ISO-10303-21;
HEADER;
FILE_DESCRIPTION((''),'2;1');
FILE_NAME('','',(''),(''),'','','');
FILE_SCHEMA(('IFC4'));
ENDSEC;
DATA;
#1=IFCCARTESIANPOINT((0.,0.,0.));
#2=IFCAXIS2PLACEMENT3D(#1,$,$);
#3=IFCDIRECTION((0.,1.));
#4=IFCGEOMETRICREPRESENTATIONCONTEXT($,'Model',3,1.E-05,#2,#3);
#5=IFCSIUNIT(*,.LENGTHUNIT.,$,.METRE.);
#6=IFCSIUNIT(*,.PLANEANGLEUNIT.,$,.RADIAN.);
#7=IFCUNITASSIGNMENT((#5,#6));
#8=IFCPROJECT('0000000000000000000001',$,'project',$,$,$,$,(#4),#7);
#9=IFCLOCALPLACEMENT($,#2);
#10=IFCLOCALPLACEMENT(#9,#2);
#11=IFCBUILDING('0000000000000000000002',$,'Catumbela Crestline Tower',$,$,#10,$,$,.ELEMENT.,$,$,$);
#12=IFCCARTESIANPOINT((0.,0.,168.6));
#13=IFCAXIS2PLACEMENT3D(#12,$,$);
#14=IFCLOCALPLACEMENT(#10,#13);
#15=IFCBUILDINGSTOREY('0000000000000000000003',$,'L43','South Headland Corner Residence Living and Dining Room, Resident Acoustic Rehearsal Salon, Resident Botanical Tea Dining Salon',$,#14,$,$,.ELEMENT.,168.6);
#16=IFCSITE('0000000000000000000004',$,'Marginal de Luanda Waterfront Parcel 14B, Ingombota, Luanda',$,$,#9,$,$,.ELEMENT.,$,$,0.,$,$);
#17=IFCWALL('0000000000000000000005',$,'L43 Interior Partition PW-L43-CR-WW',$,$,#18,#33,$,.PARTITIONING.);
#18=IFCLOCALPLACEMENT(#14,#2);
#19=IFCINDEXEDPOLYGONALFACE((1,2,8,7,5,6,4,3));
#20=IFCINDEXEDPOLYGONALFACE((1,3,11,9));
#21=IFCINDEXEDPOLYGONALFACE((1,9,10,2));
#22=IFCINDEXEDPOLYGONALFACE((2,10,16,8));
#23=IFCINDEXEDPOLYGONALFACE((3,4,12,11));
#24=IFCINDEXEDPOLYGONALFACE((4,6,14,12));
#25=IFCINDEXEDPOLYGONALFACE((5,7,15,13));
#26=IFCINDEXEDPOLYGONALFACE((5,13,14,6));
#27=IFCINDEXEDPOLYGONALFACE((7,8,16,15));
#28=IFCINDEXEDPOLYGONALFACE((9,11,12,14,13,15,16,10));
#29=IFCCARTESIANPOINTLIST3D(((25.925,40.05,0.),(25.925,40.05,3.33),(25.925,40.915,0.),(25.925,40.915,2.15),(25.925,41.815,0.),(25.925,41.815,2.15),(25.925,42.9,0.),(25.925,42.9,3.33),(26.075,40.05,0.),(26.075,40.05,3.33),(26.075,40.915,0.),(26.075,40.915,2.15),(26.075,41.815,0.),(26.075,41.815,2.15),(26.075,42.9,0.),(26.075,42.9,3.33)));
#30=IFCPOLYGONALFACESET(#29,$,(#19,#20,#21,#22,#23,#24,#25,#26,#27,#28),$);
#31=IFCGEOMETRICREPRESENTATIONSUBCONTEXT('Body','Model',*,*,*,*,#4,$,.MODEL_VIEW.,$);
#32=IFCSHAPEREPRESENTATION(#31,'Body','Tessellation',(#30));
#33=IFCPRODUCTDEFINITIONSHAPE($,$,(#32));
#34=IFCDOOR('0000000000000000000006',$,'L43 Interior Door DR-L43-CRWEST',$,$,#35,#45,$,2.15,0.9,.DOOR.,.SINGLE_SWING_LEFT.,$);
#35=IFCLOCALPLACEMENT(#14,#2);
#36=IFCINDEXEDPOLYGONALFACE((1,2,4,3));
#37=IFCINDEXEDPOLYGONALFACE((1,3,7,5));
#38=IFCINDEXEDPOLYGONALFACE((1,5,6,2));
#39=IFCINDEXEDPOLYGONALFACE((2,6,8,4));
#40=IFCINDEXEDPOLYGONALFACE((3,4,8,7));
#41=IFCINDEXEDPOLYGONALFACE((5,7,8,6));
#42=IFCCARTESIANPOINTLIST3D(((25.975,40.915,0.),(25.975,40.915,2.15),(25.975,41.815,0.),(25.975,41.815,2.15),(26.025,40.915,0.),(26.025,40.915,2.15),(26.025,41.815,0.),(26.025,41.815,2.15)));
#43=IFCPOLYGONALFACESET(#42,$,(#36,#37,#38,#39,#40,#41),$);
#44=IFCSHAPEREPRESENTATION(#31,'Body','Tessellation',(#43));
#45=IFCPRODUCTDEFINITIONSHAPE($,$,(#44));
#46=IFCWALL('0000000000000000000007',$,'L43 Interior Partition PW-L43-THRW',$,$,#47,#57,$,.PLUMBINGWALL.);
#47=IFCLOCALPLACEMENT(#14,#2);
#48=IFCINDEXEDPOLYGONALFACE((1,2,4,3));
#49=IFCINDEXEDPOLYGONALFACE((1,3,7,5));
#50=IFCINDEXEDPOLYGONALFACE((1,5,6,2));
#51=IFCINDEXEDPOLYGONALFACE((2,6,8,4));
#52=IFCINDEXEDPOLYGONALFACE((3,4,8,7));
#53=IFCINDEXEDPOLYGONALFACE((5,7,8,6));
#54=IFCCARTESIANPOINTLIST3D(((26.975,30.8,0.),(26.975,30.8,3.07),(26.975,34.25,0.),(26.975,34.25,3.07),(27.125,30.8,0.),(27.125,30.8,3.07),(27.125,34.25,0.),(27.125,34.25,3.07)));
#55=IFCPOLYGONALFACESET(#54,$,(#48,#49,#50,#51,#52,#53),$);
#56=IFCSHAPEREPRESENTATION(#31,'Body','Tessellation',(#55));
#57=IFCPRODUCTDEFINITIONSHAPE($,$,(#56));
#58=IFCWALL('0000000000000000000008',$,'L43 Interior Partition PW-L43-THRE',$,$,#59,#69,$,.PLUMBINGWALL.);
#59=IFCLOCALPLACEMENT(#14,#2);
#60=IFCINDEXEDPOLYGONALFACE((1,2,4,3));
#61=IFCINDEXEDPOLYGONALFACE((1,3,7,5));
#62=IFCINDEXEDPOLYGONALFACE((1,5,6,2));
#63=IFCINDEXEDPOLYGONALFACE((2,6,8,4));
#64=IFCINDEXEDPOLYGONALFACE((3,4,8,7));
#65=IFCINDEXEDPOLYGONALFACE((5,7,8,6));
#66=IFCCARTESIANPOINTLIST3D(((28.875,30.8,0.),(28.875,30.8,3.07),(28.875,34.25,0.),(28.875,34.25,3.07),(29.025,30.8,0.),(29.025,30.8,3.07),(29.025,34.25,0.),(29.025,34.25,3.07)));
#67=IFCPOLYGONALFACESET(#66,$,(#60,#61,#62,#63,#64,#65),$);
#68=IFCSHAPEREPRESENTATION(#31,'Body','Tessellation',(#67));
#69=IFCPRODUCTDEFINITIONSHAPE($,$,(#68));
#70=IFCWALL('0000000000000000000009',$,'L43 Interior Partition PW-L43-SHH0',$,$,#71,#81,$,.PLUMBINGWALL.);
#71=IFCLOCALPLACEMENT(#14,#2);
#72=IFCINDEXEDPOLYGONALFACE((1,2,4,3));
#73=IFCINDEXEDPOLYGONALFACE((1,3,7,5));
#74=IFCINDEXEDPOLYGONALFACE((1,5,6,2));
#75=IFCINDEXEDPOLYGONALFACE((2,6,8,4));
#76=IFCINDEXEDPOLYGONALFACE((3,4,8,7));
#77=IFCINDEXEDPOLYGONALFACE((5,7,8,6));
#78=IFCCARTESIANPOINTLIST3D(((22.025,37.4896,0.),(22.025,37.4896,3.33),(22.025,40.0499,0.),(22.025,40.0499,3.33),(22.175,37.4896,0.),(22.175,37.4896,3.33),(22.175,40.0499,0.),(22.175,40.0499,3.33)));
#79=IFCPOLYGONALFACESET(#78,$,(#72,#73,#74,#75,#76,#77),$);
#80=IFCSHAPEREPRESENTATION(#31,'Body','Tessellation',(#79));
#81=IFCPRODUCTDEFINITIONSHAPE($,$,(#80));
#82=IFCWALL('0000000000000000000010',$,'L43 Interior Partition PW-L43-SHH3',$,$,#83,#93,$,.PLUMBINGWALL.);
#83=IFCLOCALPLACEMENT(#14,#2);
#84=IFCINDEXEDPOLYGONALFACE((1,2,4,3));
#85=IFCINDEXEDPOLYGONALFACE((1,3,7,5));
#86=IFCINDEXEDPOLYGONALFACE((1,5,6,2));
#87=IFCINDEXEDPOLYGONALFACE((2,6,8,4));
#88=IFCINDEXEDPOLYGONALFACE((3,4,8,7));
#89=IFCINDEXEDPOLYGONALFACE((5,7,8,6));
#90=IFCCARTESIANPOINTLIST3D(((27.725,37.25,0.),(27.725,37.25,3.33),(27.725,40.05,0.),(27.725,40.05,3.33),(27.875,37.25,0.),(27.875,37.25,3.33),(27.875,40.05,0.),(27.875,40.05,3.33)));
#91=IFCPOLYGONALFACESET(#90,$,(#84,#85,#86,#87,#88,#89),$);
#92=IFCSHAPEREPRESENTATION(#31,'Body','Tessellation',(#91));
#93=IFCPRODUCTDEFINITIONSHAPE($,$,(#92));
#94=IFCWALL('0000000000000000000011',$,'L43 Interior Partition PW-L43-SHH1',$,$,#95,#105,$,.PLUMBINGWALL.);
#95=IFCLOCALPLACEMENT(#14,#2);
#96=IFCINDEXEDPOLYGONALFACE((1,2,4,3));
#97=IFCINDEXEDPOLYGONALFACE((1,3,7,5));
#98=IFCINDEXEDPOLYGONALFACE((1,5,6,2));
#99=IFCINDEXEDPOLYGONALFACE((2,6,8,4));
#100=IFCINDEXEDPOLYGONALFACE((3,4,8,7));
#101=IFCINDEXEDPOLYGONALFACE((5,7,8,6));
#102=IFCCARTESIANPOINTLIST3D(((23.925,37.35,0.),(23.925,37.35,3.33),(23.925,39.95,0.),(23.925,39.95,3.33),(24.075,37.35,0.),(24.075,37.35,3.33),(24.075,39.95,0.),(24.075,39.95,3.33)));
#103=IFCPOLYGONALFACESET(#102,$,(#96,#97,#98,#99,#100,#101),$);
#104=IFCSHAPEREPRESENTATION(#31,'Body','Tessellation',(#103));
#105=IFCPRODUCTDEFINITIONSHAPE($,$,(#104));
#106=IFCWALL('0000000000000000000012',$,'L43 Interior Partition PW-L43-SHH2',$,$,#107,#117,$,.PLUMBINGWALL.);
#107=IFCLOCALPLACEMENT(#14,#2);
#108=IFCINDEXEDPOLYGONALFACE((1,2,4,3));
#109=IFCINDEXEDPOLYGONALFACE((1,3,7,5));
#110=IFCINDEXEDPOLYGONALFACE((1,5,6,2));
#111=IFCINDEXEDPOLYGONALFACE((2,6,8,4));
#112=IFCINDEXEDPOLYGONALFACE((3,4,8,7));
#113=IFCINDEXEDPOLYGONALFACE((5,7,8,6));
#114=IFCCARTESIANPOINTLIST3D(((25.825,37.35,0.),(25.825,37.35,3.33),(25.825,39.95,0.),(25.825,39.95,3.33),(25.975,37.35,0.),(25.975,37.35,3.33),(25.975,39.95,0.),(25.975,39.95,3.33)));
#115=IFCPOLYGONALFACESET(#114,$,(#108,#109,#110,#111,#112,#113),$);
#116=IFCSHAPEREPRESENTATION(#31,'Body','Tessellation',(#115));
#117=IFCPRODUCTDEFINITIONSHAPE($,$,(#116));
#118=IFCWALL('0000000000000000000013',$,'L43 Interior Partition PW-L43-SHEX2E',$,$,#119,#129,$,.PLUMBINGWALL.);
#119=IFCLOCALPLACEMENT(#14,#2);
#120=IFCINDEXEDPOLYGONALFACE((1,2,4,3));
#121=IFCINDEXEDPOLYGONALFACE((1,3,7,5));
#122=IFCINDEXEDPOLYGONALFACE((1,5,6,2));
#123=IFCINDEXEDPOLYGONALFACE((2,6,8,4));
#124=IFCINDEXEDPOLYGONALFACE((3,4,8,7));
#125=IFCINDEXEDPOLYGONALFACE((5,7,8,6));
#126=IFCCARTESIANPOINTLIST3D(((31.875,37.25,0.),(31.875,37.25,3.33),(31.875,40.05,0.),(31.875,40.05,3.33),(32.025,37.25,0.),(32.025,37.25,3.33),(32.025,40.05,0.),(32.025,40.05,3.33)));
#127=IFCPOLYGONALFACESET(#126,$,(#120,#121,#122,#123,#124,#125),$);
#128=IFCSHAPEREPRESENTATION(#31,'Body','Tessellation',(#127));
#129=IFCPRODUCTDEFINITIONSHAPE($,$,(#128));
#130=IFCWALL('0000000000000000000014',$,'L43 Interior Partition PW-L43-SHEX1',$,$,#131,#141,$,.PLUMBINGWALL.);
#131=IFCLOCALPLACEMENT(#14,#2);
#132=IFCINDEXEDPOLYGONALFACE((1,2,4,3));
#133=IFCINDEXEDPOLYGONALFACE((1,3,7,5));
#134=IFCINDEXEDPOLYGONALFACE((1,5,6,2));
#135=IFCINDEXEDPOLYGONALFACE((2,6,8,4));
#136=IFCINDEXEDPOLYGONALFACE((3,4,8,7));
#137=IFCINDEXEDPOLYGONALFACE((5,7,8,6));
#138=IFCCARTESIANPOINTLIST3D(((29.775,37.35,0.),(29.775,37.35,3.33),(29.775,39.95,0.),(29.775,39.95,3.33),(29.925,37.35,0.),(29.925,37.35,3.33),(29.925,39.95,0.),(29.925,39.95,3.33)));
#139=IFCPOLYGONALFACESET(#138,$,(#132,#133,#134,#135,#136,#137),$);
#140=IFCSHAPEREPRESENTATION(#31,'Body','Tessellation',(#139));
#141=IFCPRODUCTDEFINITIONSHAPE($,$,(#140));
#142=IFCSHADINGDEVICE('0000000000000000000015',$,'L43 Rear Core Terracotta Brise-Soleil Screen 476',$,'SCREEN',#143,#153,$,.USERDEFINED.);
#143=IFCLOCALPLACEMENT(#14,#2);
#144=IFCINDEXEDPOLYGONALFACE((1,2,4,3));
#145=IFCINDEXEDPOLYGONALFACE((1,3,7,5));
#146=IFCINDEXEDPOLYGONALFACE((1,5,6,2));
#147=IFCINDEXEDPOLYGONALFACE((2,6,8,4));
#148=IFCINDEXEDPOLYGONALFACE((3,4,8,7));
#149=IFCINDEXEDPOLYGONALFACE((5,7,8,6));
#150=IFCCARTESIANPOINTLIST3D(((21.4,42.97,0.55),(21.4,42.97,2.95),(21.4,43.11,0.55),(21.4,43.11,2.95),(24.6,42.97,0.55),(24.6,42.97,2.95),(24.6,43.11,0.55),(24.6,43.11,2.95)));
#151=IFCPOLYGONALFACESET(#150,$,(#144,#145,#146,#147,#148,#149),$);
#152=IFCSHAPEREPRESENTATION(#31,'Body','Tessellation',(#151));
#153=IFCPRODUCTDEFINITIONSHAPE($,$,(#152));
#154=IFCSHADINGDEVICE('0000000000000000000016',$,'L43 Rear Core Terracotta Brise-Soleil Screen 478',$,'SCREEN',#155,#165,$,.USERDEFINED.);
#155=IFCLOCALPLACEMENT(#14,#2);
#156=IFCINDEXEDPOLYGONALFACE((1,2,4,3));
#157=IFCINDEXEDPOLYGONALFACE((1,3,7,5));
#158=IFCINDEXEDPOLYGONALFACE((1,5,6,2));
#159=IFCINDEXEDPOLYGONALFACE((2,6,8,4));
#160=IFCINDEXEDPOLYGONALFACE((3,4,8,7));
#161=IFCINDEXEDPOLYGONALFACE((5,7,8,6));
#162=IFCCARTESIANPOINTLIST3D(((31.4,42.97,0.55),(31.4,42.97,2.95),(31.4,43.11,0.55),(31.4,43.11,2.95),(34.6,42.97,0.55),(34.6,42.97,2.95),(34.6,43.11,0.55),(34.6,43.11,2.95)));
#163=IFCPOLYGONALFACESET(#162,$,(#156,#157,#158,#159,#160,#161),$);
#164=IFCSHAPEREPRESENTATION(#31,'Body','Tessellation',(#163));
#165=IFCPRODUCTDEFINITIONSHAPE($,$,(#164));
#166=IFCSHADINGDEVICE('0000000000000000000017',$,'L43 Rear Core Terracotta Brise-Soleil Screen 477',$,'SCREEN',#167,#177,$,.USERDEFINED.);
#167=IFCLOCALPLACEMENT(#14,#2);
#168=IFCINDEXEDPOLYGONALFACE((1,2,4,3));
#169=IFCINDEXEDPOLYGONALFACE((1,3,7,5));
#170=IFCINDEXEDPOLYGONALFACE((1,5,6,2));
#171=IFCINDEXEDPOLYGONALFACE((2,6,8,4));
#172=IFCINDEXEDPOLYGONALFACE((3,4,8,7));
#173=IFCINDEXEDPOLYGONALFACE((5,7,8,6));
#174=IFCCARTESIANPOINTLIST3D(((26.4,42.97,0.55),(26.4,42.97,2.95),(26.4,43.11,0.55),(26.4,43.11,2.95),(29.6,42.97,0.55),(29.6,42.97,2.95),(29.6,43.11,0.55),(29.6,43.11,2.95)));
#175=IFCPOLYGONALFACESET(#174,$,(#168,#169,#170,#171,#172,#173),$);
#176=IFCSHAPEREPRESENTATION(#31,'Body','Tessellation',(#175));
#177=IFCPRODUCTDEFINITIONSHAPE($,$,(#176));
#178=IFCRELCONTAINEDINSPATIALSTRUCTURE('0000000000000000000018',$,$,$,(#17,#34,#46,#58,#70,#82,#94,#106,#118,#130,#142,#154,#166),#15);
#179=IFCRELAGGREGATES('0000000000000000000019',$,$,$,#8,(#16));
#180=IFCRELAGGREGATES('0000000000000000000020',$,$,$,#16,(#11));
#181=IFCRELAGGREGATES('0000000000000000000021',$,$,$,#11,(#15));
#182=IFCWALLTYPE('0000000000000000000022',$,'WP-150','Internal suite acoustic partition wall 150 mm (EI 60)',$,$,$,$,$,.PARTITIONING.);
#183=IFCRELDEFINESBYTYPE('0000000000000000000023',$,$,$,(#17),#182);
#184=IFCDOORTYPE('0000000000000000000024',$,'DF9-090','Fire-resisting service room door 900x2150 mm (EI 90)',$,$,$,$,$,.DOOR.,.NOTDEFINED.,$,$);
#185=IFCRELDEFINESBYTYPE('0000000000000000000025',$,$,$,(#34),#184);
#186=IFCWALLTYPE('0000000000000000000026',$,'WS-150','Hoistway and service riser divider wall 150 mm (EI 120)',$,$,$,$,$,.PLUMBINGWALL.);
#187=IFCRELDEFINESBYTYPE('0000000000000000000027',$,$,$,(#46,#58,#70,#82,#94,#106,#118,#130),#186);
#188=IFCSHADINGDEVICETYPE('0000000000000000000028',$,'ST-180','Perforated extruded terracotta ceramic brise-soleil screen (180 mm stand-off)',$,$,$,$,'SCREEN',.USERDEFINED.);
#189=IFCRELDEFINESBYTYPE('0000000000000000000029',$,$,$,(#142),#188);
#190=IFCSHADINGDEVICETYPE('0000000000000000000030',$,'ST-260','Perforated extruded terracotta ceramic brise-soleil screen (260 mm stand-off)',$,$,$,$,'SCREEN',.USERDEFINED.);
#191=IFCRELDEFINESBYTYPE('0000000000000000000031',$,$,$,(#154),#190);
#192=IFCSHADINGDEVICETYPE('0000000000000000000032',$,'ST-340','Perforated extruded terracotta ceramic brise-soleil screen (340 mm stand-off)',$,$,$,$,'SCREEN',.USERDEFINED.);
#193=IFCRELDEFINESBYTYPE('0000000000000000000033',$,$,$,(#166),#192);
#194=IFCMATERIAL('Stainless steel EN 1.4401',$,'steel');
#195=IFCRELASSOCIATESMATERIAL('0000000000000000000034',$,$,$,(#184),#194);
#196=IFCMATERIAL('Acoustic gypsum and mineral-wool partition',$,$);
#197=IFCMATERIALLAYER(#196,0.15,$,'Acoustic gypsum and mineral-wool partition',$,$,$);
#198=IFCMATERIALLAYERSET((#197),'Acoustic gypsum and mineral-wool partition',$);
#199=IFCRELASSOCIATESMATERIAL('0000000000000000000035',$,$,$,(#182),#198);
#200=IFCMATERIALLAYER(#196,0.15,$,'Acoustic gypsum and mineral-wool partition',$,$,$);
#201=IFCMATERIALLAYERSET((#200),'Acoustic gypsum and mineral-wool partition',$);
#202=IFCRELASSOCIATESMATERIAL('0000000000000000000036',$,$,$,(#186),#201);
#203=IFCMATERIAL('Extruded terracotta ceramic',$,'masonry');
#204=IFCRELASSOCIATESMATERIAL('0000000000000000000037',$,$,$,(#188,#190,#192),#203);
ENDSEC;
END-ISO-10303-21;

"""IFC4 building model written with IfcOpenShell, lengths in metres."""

from ifc_helpers import new_model, si_unit, direction, frame, frame_2d, origin, origin_2d, place, context, subcontext, project, spatial, rectangle, extrude, material, layer, layer_set, type_object, element, fill, save


model = new_model("IFC4")

# Units and contexts
model_context = context("Model", 3, precision=1e-05, world=origin(), true_north=direction((0.0, 1.0)))
body_context = subcontext(model_context, "Body", "Model", "MODEL_VIEW")
ifc_project = project(units=[si_unit("LENGTHUNIT", "METRE"), si_unit("PLANEANGLEUNIT", "RADIAN")], contexts=[model_context])

# Site, building, storey
site_placement = place(None, origin())
site = spatial("IfcSite", under=ifc_project, at=site_placement, Name="Marginal de Luanda Waterfront Parcel 14B, Ingombota, Luanda", CompositionType="ELEMENT", RefElevation=0.0)
building_placement = place(site_placement, origin())
building = spatial("IfcBuilding", under=site, at=building_placement, Name="Catumbela Crestline Tower", CompositionType="ELEMENT")
storey_placement = place(building_placement, frame((0.0, 0.0, 168.6)))
storey = spatial("IfcBuildingStorey", under=building, at=storey_placement, Name="L43", Description="South Headland Corner Residence Living and Dining Room, Resident Acoustic Rehearsal Salon, Resident Botanical Tea Dining Salon", CompositionType="ELEMENT", Elevation=168.6)

# Shared definitions
ifc_material_1 = material(Name="Stainless steel EN 1.4401", Category="steel")

# Shared definitions
door_type_1 = type_object("IfcDoorType", Name="DF9-090", Description="Fire-resisting service room door 900x2150 mm (EI 90)", OperationType="NOTDEFINED", PredefinedType="DOOR", material=ifc_material_1)

# Wall, opening, door
ifc_material_2 = material(Name="Acoustic gypsum and mineral-wool partition")
ifc_layer_1 = layer(ifc_material_2, 0.15, Name="Acoustic gypsum and mineral-wool partition")
ifc_layer_set_1 = layer_set([ifc_layer_1], Name="Acoustic gypsum and mineral-wool partition")
wall_type_1 = type_object("IfcWallType", Name="WP-150", Description="Internal suite acoustic partition wall 150 mm (EI 60)", PredefinedType="PARTITIONING", material=ifc_layer_set_1)
wall_1_placement = place(storey_placement, frame((26.0, 40.05, 0.0), z_axis=(0.0, 0.0, 1.0), x_axis=(0.0, 1.0, 0.0)))
wall_1 = element("IfcWall", 1, at=wall_1_placement, inside=storey, type_object=wall_type_1, Name="L43 Interior Partition PW-L43-CR-WW", PredefinedType="PARTITIONING", context=body_context, shape_type="SweptSolid", body=[
    extrude(rectangle(XDim=2.85, YDim=0.15, at=frame_2d((1.425, 0.0))), origin(), (0.0, 0.0, 1.0), 3.33),
])
opening_1_placement = place(wall_1_placement, frame((0.865, 0.0, 0.0)))
opening_1 = element("IfcOpeningElement", 2, at=opening_1_placement, cuts=wall_1, PredefinedType="OPENING", context=body_context, shape_type="SweptSolid", body=[
    extrude(rectangle(XDim=0.9, YDim=2.15, at=frame_2d((0.45, 1.075))), frame((0.0, 0.085, 0.0), z_axis=(0.0, -1.0, 0.0), x_axis=(1.0, 0.0, 0.0)), (0.0, 0.0, 1.0), 0.17),
])
door_1_placement = place(opening_1_placement, origin())
door_1 = element("IfcDoor", 3, at=door_1_placement, inside=storey, type_object=door_type_1, Name="L43 Interior Door DR-L43-CRWEST", OperationType="SINGLE_SWING_LEFT", OverallHeight=2.15, OverallWidth=0.9, PredefinedType="DOOR", context=body_context, shape_type="SweptSolid", body=[
    extrude(rectangle(XDim=0.9, YDim=2.15, at=frame_2d((0.45, 1.075))), frame((0.0, 0.025, 0.0), z_axis=(0.0, -1.0, 0.0), x_axis=(1.0, 0.0, 0.0)), (0.0, 0.0, 1.0), 0.05),
])
fill(opening_1, door_1)

# Walls
ifc_layer_2 = layer(ifc_material_2, 0.15, Name="Acoustic gypsum and mineral-wool partition")
ifc_layer_set_2 = layer_set([ifc_layer_2], Name="Acoustic gypsum and mineral-wool partition")
wall_type_2 = type_object("IfcWallType", Name="WS-150", Description="Hoistway and service riser divider wall 150 mm (EI 120)", PredefinedType="PLUMBINGWALL", material=ifc_layer_set_2)
for number, where, z_axis, x_axis, name in (
    (4, (27.05, 30.8, 0.0), (0.0, 0.0, 1.0), (0.0, 1.0, 0.0), "L43 Interior Partition PW-L43-THRW"),
    (5, (28.95, 30.8, 0.0), (0.0, 0.0, 1.0), (0.0, 1.0, 0.0), "L43 Interior Partition PW-L43-THRE"),
):
    element("IfcWall", number, at=place(storey_placement, frame(where, z_axis=z_axis, x_axis=x_axis)), inside=storey, type_object=wall_type_2, Name=name, PredefinedType="PLUMBINGWALL", context=body_context, shape_type="SweptSolid", body=[
        extrude(rectangle(XDim=3.45, YDim=0.15, at=frame_2d((1.725, 0.0))), origin(), (0.0, 0.0, 1.0), 3.07),
    ])
wall_2_placement = place(storey_placement, frame((22.1, 37.4897, 0.0), z_axis=(0.0, 0.0, 1.0), x_axis=(0.0, 1.0, 0.0)))
element("IfcWall", 6, at=wall_2_placement, inside=storey, type_object=wall_type_2, Name="L43 Interior Partition PW-L43-SHH0", PredefinedType="PLUMBINGWALL", context=body_context, shape_type="SweptSolid", body=[
    extrude(rectangle(XDim=2.5603, YDim=0.15, at=frame_2d((1.2801, 0.0))), origin(), (0.0, 0.0, 1.0), 3.33),
])
wall_3_placement = place(storey_placement, frame((27.8, 37.25, 0.0), z_axis=(0.0, 0.0, 1.0), x_axis=(0.0, 1.0, 0.0)))
element("IfcWall", 7, at=wall_3_placement, inside=storey, type_object=wall_type_2, Name="L43 Interior Partition PW-L43-SHH3", PredefinedType="PLUMBINGWALL", context=body_context, shape_type="SweptSolid", body=[
    extrude(rectangle(XDim=2.8, YDim=0.15, at=frame_2d((1.4, 0.0))), origin(), (0.0, 0.0, 1.0), 3.33),
])
for number, where, z_axis, x_axis, name in (
    (8, (24.0, 37.35, 0.0), (0.0, 0.0, 1.0), (0.0, 1.0, 0.0), "L43 Interior Partition PW-L43-SHH1"),
    (9, (25.9, 37.35, 0.0), (0.0, 0.0, 1.0), (0.0, 1.0, 0.0), "L43 Interior Partition PW-L43-SHH2"),
):
    element("IfcWall", number, at=place(storey_placement, frame(where, z_axis=z_axis, x_axis=x_axis)), inside=storey, type_object=wall_type_2, Name=name, PredefinedType="PLUMBINGWALL", context=body_context, shape_type="SweptSolid", body=[
        extrude(rectangle(XDim=2.6, YDim=0.15, at=frame_2d((1.3, 0.0))), origin(), (0.0, 0.0, 1.0), 3.33),
    ])
wall_4_placement = place(storey_placement, frame((31.95, 37.25, 0.0), z_axis=(0.0, 0.0, 1.0), x_axis=(0.0, 1.0, 0.0)))
element("IfcWall", 10, at=wall_4_placement, inside=storey, type_object=wall_type_2, Name="L43 Interior Partition PW-L43-SHEX2E", PredefinedType="PLUMBINGWALL", context=body_context, shape_type="SweptSolid", body=[
    extrude(rectangle(XDim=2.8, YDim=0.15, at=frame_2d((1.4, 0.0))), origin(), (0.0, 0.0, 1.0), 3.33),
])
wall_5_placement = place(storey_placement, frame((29.85, 37.35, 0.0), z_axis=(0.0, 0.0, 1.0), x_axis=(0.0, 1.0, 0.0)))
element("IfcWall", 11, at=wall_5_placement, inside=storey, type_object=wall_type_2, Name="L43 Interior Partition PW-L43-SHEX1", PredefinedType="PLUMBINGWALL", context=body_context, shape_type="SweptSolid", body=[
    extrude(rectangle(XDim=2.6, YDim=0.15, at=frame_2d((1.3, 0.0))), origin(), (0.0, 0.0, 1.0), 3.33),
])

# Shading devices
ifc_material_3 = material(Name="Extruded terracotta ceramic", Category="masonry")
shading_device_type_1 = type_object("IfcShadingDeviceType", Name="ST-180", Description="Perforated extruded terracotta ceramic brise-soleil screen (180 mm stand-off)", ElementType="SCREEN", PredefinedType="USERDEFINED", material=ifc_material_3)
shading_device_1_placement = place(storey_placement, frame((23.0, 43.04, 0.55), z_axis=(0.0, 0.0, 1.0), x_axis=(1.0, 0.0, 0.0)))
element("IfcShadingDevice", 12, at=shading_device_1_placement, inside=storey, type_object=shading_device_type_1, Name="L43 Rear Core Terracotta Brise-Soleil Screen 476", ObjectType="SCREEN", PredefinedType="USERDEFINED", context=body_context, shape_type="SweptSolid", body=[
    extrude(rectangle(XDim=3.2, YDim=0.14, at=origin_2d()), origin(), (0.0, 0.0, 1.0), 2.4),
])
shading_device_type_2 = type_object("IfcShadingDeviceType", Name="ST-260", Description="Perforated extruded terracotta ceramic brise-soleil screen (260 mm stand-off)", ElementType="SCREEN", PredefinedType="USERDEFINED", material=ifc_material_3)
shading_device_2_placement = place(storey_placement, frame((33.0, 43.04, 0.55), z_axis=(0.0, 0.0, 1.0), x_axis=(1.0, 0.0, 0.0)))
element("IfcShadingDevice", 13, at=shading_device_2_placement, inside=storey, type_object=shading_device_type_2, Name="L43 Rear Core Terracotta Brise-Soleil Screen 478", ObjectType="SCREEN", PredefinedType="USERDEFINED", context=body_context, shape_type="SweptSolid", body=[
    extrude(rectangle(XDim=3.2, YDim=0.14, at=origin_2d()), origin(), (0.0, 0.0, 1.0), 2.4),
])
shading_device_type_3 = type_object("IfcShadingDeviceType", Name="ST-340", Description="Perforated extruded terracotta ceramic brise-soleil screen (340 mm stand-off)", ElementType="SCREEN", PredefinedType="USERDEFINED", material=ifc_material_3)
shading_device_3_placement = place(storey_placement, frame((28.0, 43.04, 0.55), z_axis=(0.0, 0.0, 1.0), x_axis=(1.0, 0.0, 0.0)))
element("IfcShadingDevice", 14, at=shading_device_3_placement, inside=storey, type_object=shading_device_type_3, Name="L43 Rear Core Terracotta Brise-Soleil Screen 477", ObjectType="SCREEN", PredefinedType="USERDEFINED", context=body_context, shape_type="SweptSolid", body=[
    extrude(rectangle(XDim=3.2, YDim=0.14, at=origin_2d()), origin(), (0.0, 0.0, 1.0), 2.4),
])

save(model, "model.ifc")
